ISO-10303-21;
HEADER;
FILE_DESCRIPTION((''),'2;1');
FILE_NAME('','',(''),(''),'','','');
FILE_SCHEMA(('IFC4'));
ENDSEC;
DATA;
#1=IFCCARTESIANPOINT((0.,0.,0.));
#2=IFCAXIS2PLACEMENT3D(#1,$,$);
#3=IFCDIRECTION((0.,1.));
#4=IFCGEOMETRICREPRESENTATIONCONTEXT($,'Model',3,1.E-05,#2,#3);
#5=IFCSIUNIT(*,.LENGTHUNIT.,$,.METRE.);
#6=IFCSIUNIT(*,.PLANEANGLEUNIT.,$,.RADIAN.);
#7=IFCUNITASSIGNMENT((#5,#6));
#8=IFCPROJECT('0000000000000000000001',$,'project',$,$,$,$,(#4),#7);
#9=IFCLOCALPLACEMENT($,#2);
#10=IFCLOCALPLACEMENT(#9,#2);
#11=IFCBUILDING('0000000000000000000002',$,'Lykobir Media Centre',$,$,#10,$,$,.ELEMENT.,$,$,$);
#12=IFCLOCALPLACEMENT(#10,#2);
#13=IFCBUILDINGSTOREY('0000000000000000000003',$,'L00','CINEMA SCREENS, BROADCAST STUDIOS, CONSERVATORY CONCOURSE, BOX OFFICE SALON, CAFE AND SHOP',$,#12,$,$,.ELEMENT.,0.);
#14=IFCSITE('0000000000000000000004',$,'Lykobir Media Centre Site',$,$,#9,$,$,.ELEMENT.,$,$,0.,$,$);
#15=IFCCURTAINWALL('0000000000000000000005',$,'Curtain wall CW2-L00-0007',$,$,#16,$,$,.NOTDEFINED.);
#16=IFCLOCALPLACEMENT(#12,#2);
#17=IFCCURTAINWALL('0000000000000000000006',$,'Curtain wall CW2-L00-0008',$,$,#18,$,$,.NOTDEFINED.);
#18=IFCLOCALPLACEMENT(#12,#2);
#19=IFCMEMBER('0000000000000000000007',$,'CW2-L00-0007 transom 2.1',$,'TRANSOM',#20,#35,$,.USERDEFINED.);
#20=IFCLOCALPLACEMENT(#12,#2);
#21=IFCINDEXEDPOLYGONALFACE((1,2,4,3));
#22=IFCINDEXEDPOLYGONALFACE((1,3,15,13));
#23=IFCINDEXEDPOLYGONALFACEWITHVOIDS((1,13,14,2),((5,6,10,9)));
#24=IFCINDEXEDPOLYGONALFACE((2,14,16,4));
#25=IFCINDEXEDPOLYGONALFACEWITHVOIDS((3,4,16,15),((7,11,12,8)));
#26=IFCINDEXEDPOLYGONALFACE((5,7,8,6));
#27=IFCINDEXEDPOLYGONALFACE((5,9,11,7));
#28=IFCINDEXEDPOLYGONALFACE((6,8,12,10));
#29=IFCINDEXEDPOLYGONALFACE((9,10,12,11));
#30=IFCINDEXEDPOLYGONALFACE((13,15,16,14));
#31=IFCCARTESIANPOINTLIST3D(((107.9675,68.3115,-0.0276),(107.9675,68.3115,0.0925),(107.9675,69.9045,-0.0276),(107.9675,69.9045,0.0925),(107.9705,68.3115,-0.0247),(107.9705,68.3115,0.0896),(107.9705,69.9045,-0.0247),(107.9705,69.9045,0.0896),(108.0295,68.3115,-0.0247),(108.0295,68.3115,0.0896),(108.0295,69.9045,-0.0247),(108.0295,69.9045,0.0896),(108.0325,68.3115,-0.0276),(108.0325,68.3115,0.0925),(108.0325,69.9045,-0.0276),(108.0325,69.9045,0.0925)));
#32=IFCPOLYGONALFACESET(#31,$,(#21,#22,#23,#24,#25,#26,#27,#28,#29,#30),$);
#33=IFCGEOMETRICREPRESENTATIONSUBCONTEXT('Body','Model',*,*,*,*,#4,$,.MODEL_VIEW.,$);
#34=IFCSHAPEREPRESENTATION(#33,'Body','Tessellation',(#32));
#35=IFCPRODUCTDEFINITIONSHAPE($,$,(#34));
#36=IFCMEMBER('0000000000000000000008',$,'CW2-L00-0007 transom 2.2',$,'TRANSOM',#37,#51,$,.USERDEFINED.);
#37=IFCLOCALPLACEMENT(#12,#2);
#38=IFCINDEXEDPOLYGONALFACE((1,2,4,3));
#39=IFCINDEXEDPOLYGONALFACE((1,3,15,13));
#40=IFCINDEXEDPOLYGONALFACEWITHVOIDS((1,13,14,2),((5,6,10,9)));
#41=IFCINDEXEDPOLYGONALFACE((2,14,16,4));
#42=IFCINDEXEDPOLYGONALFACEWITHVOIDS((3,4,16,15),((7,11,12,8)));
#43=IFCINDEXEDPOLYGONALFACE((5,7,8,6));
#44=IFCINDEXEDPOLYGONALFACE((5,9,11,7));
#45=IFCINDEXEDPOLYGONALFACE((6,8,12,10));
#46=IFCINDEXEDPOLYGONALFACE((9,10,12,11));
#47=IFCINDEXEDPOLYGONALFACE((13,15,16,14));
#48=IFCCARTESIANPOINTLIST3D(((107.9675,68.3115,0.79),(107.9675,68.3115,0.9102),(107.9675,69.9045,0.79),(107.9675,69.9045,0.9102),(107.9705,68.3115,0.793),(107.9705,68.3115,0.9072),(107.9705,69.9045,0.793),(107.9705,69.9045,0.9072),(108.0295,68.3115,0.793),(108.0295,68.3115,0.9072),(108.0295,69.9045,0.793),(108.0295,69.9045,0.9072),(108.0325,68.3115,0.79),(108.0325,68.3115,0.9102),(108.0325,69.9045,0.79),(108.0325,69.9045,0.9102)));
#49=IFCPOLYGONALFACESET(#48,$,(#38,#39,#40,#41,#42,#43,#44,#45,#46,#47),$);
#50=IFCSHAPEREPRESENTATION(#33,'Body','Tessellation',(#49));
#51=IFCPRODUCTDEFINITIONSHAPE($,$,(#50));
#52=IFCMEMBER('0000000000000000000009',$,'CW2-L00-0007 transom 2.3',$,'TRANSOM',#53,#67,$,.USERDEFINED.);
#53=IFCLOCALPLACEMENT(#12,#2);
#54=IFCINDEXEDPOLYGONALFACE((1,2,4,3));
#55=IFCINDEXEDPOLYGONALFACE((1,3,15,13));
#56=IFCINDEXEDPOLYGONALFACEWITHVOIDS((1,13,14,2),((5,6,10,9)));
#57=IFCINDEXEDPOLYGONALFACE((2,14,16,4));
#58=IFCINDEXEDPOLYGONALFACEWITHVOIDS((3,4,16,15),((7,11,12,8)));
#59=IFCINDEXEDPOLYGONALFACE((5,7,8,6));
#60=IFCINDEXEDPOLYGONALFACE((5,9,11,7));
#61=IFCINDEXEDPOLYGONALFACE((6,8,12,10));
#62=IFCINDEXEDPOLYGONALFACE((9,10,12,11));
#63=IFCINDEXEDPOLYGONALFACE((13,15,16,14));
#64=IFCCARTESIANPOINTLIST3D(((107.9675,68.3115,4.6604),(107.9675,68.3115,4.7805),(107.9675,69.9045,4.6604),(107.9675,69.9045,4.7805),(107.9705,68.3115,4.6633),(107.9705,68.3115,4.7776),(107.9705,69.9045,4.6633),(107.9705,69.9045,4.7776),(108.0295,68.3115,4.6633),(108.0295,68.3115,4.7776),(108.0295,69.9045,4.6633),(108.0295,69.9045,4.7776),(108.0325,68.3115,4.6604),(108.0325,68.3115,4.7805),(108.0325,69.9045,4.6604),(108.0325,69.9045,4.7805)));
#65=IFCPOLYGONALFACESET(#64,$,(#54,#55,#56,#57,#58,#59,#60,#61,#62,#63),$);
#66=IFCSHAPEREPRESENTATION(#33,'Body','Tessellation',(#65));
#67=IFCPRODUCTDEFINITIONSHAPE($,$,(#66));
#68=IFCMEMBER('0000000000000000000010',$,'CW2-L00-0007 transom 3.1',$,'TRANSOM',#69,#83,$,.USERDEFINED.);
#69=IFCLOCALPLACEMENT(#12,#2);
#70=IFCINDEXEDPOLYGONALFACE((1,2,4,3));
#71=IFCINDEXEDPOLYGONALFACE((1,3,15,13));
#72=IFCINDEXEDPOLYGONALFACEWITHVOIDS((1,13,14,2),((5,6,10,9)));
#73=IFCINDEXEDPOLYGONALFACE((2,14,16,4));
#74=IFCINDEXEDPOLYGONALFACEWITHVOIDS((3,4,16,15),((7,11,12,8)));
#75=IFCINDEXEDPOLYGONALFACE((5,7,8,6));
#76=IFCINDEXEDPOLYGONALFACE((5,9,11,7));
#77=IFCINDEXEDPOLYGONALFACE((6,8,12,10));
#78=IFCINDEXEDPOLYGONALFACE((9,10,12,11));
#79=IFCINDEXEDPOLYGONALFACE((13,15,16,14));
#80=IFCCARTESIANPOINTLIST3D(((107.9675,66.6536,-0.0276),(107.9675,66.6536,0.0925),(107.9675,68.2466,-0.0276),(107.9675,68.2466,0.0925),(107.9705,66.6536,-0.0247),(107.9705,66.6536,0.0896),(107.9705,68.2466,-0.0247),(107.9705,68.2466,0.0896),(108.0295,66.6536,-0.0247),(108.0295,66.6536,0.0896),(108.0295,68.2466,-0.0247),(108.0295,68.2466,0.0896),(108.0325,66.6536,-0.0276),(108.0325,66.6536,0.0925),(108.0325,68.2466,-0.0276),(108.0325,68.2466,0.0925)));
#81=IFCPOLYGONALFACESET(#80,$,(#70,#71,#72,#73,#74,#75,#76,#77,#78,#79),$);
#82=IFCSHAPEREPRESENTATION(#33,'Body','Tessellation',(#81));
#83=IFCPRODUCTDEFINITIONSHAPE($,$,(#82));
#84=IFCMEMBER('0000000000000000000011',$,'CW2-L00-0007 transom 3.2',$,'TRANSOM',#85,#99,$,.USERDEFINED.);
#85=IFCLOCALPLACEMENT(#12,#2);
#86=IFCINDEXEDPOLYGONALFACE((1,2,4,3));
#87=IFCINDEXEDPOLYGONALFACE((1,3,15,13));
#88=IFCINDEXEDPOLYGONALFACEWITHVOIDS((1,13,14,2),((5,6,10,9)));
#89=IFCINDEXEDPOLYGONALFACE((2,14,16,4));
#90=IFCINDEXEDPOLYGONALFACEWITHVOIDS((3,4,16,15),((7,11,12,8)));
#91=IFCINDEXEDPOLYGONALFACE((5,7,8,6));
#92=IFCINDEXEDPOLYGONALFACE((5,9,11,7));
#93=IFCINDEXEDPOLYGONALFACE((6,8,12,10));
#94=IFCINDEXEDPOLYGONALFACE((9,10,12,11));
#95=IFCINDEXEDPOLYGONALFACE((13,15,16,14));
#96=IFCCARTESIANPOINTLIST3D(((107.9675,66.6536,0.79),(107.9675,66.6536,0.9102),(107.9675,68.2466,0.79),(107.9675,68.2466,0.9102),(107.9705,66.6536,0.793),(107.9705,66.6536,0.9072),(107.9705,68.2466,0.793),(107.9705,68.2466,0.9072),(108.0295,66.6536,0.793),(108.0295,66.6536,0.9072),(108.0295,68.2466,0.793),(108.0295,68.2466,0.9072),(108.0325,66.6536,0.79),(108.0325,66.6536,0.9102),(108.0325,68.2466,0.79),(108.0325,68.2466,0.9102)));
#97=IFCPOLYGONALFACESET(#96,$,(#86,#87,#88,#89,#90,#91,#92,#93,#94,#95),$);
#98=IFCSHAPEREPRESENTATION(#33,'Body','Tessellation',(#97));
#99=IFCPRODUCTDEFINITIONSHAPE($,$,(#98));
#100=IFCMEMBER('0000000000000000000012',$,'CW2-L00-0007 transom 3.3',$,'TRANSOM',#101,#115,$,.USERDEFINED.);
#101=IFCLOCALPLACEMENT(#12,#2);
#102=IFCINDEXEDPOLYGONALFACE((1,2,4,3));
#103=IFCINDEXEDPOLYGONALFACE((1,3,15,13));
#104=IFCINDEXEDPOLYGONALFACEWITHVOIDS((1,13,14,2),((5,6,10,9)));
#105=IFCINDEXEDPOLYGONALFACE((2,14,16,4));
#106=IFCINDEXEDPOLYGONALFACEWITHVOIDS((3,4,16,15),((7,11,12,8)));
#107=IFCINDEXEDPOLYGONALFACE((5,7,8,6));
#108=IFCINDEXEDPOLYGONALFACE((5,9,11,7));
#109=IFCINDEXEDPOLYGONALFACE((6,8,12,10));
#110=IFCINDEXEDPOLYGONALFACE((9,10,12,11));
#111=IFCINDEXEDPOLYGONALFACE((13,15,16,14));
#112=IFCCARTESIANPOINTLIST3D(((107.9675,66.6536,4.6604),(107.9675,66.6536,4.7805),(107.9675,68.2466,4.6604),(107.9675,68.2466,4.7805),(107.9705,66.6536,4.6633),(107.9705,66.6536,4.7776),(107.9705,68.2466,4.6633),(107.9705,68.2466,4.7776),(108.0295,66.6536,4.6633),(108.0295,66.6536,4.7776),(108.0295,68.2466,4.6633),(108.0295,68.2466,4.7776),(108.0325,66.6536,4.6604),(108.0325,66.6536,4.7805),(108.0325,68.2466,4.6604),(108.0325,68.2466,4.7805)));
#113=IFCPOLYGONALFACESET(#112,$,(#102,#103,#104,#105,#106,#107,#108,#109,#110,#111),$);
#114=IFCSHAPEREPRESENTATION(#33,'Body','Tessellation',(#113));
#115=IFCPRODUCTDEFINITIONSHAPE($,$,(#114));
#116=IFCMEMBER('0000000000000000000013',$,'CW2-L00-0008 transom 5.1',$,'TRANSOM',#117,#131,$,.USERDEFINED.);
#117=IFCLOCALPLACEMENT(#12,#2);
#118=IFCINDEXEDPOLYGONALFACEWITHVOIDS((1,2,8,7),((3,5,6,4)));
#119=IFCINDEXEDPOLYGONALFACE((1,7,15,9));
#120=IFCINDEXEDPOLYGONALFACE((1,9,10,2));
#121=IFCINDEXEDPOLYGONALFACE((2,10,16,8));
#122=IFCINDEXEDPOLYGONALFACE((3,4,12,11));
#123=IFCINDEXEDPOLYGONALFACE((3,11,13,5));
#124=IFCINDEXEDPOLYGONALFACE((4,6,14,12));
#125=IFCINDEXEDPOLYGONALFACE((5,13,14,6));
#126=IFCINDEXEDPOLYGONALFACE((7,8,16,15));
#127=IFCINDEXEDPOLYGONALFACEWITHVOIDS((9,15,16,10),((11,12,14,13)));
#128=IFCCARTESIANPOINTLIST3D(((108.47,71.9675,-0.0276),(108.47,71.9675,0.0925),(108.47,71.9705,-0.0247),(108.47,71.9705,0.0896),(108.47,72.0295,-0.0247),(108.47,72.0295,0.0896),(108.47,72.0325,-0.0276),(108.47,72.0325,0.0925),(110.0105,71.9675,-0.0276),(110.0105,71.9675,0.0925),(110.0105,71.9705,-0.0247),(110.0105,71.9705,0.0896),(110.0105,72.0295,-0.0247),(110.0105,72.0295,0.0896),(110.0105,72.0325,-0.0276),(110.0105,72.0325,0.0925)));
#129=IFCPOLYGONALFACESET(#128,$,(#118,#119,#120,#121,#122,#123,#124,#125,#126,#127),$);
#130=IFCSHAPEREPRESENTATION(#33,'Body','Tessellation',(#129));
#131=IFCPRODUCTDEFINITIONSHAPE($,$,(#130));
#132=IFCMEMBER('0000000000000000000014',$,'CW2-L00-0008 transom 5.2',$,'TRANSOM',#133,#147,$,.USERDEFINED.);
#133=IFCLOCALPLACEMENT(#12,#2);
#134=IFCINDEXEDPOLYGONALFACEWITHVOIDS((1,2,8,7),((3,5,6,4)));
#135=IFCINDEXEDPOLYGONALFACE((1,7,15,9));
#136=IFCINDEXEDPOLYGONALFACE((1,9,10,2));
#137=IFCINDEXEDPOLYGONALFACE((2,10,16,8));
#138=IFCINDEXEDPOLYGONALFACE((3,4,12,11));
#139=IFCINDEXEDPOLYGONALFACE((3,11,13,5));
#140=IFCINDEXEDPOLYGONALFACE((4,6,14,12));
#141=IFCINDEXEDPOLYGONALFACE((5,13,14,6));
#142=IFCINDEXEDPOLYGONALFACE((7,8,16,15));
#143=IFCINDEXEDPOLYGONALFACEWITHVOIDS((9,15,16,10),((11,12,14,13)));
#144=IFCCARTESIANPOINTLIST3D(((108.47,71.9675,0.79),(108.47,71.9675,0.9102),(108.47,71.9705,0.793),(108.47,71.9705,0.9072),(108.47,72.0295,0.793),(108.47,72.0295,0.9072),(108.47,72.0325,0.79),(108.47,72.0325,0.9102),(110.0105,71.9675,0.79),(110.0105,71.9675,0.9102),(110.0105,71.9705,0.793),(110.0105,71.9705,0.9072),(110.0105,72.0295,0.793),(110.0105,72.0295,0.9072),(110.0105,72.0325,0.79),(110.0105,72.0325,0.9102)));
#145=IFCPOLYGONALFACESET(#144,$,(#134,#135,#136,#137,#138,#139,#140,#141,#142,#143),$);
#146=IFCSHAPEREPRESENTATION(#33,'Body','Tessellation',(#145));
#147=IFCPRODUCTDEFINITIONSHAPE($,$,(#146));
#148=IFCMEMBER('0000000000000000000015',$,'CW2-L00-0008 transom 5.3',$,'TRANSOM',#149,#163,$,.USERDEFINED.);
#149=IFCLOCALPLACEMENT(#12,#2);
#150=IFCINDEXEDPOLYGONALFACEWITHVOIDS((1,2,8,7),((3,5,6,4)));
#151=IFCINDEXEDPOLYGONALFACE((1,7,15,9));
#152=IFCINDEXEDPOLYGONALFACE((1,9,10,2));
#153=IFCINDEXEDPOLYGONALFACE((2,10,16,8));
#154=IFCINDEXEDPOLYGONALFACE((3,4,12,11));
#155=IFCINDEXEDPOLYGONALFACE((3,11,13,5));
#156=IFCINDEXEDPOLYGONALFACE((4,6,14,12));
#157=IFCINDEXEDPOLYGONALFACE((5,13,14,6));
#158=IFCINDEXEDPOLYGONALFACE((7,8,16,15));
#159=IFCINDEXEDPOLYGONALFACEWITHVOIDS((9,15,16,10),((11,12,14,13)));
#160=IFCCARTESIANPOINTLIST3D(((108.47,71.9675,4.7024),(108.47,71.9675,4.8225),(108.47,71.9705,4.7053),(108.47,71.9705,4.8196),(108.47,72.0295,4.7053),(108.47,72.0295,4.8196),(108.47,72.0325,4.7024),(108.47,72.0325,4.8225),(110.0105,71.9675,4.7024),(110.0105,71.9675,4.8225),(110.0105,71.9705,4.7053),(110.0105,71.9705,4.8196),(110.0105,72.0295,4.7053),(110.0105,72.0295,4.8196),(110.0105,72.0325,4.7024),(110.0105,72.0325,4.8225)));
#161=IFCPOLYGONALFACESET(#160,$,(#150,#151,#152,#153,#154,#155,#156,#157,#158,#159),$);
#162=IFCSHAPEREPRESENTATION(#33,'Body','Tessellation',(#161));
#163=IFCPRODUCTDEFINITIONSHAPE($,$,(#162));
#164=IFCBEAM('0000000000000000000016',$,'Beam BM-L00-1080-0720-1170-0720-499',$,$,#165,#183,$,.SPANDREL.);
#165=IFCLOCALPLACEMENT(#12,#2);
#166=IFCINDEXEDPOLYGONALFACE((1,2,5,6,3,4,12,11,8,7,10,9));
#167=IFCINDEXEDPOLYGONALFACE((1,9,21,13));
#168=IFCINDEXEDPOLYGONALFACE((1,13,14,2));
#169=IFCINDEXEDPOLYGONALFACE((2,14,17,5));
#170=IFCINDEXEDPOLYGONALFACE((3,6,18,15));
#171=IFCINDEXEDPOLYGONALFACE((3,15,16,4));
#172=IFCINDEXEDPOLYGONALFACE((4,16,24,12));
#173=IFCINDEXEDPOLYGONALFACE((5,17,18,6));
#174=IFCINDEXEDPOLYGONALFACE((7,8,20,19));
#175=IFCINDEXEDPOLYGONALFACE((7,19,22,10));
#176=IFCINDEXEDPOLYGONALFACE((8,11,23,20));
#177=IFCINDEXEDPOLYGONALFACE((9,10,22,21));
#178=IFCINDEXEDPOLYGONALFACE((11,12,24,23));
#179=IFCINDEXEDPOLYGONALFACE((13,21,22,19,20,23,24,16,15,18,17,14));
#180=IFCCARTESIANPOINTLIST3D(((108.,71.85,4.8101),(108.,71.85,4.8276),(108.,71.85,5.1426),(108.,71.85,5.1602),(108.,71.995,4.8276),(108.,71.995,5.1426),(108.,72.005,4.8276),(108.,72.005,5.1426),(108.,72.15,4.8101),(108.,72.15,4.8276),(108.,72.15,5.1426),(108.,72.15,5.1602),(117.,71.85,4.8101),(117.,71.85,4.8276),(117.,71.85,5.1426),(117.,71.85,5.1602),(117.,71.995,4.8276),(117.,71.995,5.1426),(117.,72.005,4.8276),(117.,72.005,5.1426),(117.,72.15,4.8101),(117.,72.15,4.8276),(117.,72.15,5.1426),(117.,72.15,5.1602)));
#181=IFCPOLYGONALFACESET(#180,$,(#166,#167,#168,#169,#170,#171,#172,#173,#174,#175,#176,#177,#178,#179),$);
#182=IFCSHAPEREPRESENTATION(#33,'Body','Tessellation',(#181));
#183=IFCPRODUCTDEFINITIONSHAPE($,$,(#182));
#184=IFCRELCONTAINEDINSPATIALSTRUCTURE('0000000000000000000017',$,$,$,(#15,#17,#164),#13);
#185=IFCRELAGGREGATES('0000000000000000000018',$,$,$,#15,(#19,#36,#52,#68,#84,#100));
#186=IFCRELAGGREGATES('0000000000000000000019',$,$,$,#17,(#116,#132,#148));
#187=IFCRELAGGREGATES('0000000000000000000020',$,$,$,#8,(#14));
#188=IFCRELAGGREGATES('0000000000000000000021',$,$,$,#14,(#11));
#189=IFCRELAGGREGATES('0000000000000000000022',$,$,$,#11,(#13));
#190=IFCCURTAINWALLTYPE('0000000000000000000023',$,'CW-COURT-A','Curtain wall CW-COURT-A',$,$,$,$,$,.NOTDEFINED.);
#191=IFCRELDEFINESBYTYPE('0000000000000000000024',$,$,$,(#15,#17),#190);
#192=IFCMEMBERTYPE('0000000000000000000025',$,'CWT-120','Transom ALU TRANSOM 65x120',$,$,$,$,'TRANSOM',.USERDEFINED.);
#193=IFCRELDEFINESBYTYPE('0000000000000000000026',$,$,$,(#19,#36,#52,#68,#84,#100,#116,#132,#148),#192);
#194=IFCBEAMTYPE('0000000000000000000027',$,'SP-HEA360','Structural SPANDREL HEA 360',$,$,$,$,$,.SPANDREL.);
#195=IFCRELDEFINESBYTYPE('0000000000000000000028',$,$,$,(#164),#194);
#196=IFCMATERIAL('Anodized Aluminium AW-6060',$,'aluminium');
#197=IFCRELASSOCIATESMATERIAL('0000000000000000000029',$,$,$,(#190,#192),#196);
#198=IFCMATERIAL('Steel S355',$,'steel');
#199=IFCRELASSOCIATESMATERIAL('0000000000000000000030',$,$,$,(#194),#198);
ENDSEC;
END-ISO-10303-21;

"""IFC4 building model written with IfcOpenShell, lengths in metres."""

from ifc_helpers import new_model, si_unit, direction, frame, origin, origin_2d, place, context, subcontext, project, spatial, hollow_rectangle, i_section, extrude, material, material_profile, profile_set, type_object, element, aggregate, save


model = new_model("IFC4")

# Units and contexts
model_context = context("Model", 3, precision=1e-05, world=origin(), true_north=direction((0.0, 1.0)))
body_context = subcontext(model_context, "Body", "Model", "MODEL_VIEW")
ifc_project = project(units=[si_unit("LENGTHUNIT", "METRE"), si_unit("PLANEANGLEUNIT", "RADIAN")], contexts=[model_context])

# Site, building, storey
site_placement = place(None, origin())
site = spatial("IfcSite", under=ifc_project, at=site_placement, Name="Lykobir Media Centre Site", CompositionType="ELEMENT", RefElevation=0.0)
building_placement = place(site_placement, origin())
building = spatial("IfcBuilding", under=site, at=building_placement, Name="Lykobir Media Centre", CompositionType="ELEMENT")
storey_placement = place(building_placement, origin())
storey = spatial("IfcBuildingStorey", under=building, at=storey_placement, Name="L00", Description="CINEMA SCREENS, BROADCAST STUDIOS, CONSERVATORY CONCOURSE, BOX OFFICE SALON, CAFE AND SHOP", CompositionType="ELEMENT", Elevation=0.0)

# Shared definitions
ifc_material_1 = material(Name="Steel S355", Category="steel")

# Curtain walls
ifc_material_2 = material(Name="Anodized Aluminium AW-6060", Category="aluminium")
curtain_wall_type = type_object("IfcCurtainWallType", Name="CW-COURT-A", Description="Curtain wall CW-COURT-A", PredefinedType="NOTDEFINED", material=ifc_material_2)
curtain_wall_1_placement = place(storey_placement, origin())
curtain_wall_1 = element("IfcCurtainWall", 1, at=curtain_wall_1_placement, inside=storey, type_object=curtain_wall_type, Name="Curtain wall CW2-L00-0007", PredefinedType="NOTDEFINED")
curtain_wall_2_placement = place(storey_placement, origin())
curtain_wall_2 = element("IfcCurtainWall", 2, at=curtain_wall_2_placement, inside=storey, type_object=curtain_wall_type, Name="Curtain wall CW2-L00-0008", PredefinedType="NOTDEFINED")

# Members
ifc_material_profile_1 = material_profile(ifc_material_2, hollow_rectangle(XDim=0.0649, YDim=0.1201, WallThickness=0.0029, at=origin_2d()), Name="ALU TRANSOM 65x120")
ifc_profile_set_1 = profile_set([ifc_material_profile_1], Name="Anodized Aluminium AW-6060")
member_type_1 = type_object("IfcMemberType", Name="CWT-120", Description="Transom ALU TRANSOM 65x120", ElementType="TRANSOM", PredefinedType="USERDEFINED", material=ifc_profile_set_1)
member_1_placement = place(storey_placement, frame((108.0, 69.9045, 0.0325), z_axis=(0.0, -1.0, 0.0), x_axis=(1.0, 0.0, 0.0)))
member_1 = element("IfcMember", 3, at=member_1_placement, type_object=member_type_1, Name="CW2-L00-0007 transom 2.1", ObjectType="TRANSOM", PredefinedType="USERDEFINED", context=body_context, shape_type="SweptSolid", body=[
    extrude(hollow_rectangle(XDim=0.0649, YDim=0.1201, WallThickness=0.0029, at=origin_2d()), origin(), (0.0, 0.0, 1.0), 1.593),
])
member_2_placement = place(storey_placement, frame((108.0, 69.9045, 0.8501), z_axis=(0.0, -1.0, 0.0), x_axis=(1.0, 0.0, 0.0)))
member_2 = element("IfcMember", 4, at=member_2_placement, type_object=member_type_1, Name="CW2-L00-0007 transom 2.2", ObjectType="TRANSOM", PredefinedType="USERDEFINED", context=body_context, shape_type="SweptSolid", body=[
    extrude(hollow_rectangle(XDim=0.0649, YDim=0.1201, WallThickness=0.0029, at=origin_2d()), origin(), (0.0, 0.0, 1.0), 1.593),
])
member_3_placement = place(storey_placement, frame((108.0, 69.9045, 4.7205), z_axis=(0.0, -1.0, 0.0), x_axis=(1.0, 0.0, 0.0)))
member_3 = element("IfcMember", 5, at=member_3_placement, type_object=member_type_1, Name="CW2-L00-0007 transom 2.3", ObjectType="TRANSOM", PredefinedType="USERDEFINED", context=body_context, shape_type="SweptSolid", body=[
    extrude(hollow_rectangle(XDim=0.0649, YDim=0.1201, WallThickness=0.0029, at=origin_2d()), origin(), (0.0, 0.0, 1.0), 1.593),
])
member_4_placement = place(storey_placement, frame((108.0, 68.2466, 0.0325), z_axis=(0.0, -1.0, 0.0), x_axis=(1.0, 0.0, 0.0)))
member_4 = element("IfcMember", 6, at=member_4_placement, type_object=member_type_1, Name="CW2-L00-0007 transom 3.1", ObjectType="TRANSOM", PredefinedType="USERDEFINED", context=body_context, shape_type="SweptSolid", body=[
    extrude(hollow_rectangle(XDim=0.0649, YDim=0.1201, WallThickness=0.0029, at=origin_2d()), origin(), (0.0, 0.0, 1.0), 1.593),
])
member_5_placement = place(storey_placement, frame((108.0, 68.2466, 0.8501), z_axis=(0.0, -1.0, 0.0), x_axis=(1.0, 0.0, 0.0)))
member_5 = element("IfcMember", 7, at=member_5_placement, type_object=member_type_1, Name="CW2-L00-0007 transom 3.2", ObjectType="TRANSOM", PredefinedType="USERDEFINED", context=body_context, shape_type="SweptSolid", body=[
    extrude(hollow_rectangle(XDim=0.0649, YDim=0.1201, WallThickness=0.0029, at=origin_2d()), origin(), (0.0, 0.0, 1.0), 1.593),
])
member_6_placement = place(storey_placement, frame((108.0, 68.2466, 4.7205), z_axis=(0.0, -1.0, 0.0), x_axis=(1.0, 0.0, 0.0)))
member_6 = element("IfcMember", 8, at=member_6_placement, type_object=member_type_1, Name="CW2-L00-0007 transom 3.3", ObjectType="TRANSOM", PredefinedType="USERDEFINED", context=body_context, shape_type="SweptSolid", body=[
    extrude(hollow_rectangle(XDim=0.0649, YDim=0.1201, WallThickness=0.0029, at=origin_2d()), origin(), (0.0, 0.0, 1.0), 1.593),
])
member_7_placement = place(storey_placement, frame((110.0105, 72.0, 0.0325), z_axis=(-1.0, 0.0, 0.0), x_axis=(0.0, -1.0, 0.0)))
member_7 = element("IfcMember", 9, at=member_7_placement, type_object=member_type_1, Name="CW2-L00-0008 transom 5.1", ObjectType="TRANSOM", PredefinedType="USERDEFINED", context=body_context, shape_type="SweptSolid", body=[
    extrude(hollow_rectangle(XDim=0.0649, YDim=0.1201, WallThickness=0.0029, at=origin_2d()), origin(), (0.0, 0.0, 1.0), 1.5405),
])
member_8_placement = place(storey_placement, frame((110.0105, 72.0, 0.8501), z_axis=(-1.0, 0.0, 0.0), x_axis=(0.0, -1.0, 0.0)))
member_8 = element("IfcMember", 10, at=member_8_placement, type_object=member_type_1, Name="CW2-L00-0008 transom 5.2", ObjectType="TRANSOM", PredefinedType="USERDEFINED", context=body_context, shape_type="SweptSolid", body=[
    extrude(hollow_rectangle(XDim=0.0649, YDim=0.1201, WallThickness=0.0029, at=origin_2d()), origin(), (0.0, 0.0, 1.0), 1.5405),
])
member_9_placement = place(storey_placement, frame((110.0105, 72.0, 4.7625), z_axis=(-1.0, 0.0, 0.0), x_axis=(0.0, -1.0, 0.0)))
member_9 = element("IfcMember", 11, at=member_9_placement, type_object=member_type_1, Name="CW2-L00-0008 transom 5.3", ObjectType="TRANSOM", PredefinedType="USERDEFINED", context=body_context, shape_type="SweptSolid", body=[
    extrude(hollow_rectangle(XDim=0.0649, YDim=0.1201, WallThickness=0.0029, at=origin_2d()), origin(), (0.0, 0.0, 1.0), 1.5405),
])

# Beam
ifc_material_profile_2 = material_profile(ifc_material_1, i_section(OverallWidth=0.3, OverallDepth=0.3501, WebThickness=0.01, FlangeThickness=0.0176, at=origin_2d()), Name="HEA 360")
ifc_profile_set_2 = profile_set([ifc_material_profile_2], Name="Steel S355")
beam_type_1 = type_object("IfcBeamType", Name="SP-HEA360", Description="Structural SPANDREL HEA 360", PredefinedType="SPANDREL", material=ifc_profile_set_2)
beam_1_placement = place(storey_placement, frame((108.0, 72.0, 4.9851), z_axis=(1.0, 0.0, 0.0), x_axis=(0.0, 1.0, 0.0)))
element("IfcBeam", 12, at=beam_1_placement, inside=storey, type_object=beam_type_1, Name="Beam BM-L00-1080-0720-1170-0720-499", PredefinedType="SPANDREL", context=body_context, shape_type="SweptSolid", body=[
    extrude(i_section(OverallWidth=0.3, OverallDepth=0.3501, WebThickness=0.01, FlangeThickness=0.0176, at=origin_2d()), origin(), (0.0, 0.0, 1.0), 9.0),
])

aggregate(curtain_wall_1, [member_1, member_2, member_3, member_4, member_5, member_6])
aggregate(curtain_wall_2, [member_7, member_8, member_9])

save(model, "model.ifc")
